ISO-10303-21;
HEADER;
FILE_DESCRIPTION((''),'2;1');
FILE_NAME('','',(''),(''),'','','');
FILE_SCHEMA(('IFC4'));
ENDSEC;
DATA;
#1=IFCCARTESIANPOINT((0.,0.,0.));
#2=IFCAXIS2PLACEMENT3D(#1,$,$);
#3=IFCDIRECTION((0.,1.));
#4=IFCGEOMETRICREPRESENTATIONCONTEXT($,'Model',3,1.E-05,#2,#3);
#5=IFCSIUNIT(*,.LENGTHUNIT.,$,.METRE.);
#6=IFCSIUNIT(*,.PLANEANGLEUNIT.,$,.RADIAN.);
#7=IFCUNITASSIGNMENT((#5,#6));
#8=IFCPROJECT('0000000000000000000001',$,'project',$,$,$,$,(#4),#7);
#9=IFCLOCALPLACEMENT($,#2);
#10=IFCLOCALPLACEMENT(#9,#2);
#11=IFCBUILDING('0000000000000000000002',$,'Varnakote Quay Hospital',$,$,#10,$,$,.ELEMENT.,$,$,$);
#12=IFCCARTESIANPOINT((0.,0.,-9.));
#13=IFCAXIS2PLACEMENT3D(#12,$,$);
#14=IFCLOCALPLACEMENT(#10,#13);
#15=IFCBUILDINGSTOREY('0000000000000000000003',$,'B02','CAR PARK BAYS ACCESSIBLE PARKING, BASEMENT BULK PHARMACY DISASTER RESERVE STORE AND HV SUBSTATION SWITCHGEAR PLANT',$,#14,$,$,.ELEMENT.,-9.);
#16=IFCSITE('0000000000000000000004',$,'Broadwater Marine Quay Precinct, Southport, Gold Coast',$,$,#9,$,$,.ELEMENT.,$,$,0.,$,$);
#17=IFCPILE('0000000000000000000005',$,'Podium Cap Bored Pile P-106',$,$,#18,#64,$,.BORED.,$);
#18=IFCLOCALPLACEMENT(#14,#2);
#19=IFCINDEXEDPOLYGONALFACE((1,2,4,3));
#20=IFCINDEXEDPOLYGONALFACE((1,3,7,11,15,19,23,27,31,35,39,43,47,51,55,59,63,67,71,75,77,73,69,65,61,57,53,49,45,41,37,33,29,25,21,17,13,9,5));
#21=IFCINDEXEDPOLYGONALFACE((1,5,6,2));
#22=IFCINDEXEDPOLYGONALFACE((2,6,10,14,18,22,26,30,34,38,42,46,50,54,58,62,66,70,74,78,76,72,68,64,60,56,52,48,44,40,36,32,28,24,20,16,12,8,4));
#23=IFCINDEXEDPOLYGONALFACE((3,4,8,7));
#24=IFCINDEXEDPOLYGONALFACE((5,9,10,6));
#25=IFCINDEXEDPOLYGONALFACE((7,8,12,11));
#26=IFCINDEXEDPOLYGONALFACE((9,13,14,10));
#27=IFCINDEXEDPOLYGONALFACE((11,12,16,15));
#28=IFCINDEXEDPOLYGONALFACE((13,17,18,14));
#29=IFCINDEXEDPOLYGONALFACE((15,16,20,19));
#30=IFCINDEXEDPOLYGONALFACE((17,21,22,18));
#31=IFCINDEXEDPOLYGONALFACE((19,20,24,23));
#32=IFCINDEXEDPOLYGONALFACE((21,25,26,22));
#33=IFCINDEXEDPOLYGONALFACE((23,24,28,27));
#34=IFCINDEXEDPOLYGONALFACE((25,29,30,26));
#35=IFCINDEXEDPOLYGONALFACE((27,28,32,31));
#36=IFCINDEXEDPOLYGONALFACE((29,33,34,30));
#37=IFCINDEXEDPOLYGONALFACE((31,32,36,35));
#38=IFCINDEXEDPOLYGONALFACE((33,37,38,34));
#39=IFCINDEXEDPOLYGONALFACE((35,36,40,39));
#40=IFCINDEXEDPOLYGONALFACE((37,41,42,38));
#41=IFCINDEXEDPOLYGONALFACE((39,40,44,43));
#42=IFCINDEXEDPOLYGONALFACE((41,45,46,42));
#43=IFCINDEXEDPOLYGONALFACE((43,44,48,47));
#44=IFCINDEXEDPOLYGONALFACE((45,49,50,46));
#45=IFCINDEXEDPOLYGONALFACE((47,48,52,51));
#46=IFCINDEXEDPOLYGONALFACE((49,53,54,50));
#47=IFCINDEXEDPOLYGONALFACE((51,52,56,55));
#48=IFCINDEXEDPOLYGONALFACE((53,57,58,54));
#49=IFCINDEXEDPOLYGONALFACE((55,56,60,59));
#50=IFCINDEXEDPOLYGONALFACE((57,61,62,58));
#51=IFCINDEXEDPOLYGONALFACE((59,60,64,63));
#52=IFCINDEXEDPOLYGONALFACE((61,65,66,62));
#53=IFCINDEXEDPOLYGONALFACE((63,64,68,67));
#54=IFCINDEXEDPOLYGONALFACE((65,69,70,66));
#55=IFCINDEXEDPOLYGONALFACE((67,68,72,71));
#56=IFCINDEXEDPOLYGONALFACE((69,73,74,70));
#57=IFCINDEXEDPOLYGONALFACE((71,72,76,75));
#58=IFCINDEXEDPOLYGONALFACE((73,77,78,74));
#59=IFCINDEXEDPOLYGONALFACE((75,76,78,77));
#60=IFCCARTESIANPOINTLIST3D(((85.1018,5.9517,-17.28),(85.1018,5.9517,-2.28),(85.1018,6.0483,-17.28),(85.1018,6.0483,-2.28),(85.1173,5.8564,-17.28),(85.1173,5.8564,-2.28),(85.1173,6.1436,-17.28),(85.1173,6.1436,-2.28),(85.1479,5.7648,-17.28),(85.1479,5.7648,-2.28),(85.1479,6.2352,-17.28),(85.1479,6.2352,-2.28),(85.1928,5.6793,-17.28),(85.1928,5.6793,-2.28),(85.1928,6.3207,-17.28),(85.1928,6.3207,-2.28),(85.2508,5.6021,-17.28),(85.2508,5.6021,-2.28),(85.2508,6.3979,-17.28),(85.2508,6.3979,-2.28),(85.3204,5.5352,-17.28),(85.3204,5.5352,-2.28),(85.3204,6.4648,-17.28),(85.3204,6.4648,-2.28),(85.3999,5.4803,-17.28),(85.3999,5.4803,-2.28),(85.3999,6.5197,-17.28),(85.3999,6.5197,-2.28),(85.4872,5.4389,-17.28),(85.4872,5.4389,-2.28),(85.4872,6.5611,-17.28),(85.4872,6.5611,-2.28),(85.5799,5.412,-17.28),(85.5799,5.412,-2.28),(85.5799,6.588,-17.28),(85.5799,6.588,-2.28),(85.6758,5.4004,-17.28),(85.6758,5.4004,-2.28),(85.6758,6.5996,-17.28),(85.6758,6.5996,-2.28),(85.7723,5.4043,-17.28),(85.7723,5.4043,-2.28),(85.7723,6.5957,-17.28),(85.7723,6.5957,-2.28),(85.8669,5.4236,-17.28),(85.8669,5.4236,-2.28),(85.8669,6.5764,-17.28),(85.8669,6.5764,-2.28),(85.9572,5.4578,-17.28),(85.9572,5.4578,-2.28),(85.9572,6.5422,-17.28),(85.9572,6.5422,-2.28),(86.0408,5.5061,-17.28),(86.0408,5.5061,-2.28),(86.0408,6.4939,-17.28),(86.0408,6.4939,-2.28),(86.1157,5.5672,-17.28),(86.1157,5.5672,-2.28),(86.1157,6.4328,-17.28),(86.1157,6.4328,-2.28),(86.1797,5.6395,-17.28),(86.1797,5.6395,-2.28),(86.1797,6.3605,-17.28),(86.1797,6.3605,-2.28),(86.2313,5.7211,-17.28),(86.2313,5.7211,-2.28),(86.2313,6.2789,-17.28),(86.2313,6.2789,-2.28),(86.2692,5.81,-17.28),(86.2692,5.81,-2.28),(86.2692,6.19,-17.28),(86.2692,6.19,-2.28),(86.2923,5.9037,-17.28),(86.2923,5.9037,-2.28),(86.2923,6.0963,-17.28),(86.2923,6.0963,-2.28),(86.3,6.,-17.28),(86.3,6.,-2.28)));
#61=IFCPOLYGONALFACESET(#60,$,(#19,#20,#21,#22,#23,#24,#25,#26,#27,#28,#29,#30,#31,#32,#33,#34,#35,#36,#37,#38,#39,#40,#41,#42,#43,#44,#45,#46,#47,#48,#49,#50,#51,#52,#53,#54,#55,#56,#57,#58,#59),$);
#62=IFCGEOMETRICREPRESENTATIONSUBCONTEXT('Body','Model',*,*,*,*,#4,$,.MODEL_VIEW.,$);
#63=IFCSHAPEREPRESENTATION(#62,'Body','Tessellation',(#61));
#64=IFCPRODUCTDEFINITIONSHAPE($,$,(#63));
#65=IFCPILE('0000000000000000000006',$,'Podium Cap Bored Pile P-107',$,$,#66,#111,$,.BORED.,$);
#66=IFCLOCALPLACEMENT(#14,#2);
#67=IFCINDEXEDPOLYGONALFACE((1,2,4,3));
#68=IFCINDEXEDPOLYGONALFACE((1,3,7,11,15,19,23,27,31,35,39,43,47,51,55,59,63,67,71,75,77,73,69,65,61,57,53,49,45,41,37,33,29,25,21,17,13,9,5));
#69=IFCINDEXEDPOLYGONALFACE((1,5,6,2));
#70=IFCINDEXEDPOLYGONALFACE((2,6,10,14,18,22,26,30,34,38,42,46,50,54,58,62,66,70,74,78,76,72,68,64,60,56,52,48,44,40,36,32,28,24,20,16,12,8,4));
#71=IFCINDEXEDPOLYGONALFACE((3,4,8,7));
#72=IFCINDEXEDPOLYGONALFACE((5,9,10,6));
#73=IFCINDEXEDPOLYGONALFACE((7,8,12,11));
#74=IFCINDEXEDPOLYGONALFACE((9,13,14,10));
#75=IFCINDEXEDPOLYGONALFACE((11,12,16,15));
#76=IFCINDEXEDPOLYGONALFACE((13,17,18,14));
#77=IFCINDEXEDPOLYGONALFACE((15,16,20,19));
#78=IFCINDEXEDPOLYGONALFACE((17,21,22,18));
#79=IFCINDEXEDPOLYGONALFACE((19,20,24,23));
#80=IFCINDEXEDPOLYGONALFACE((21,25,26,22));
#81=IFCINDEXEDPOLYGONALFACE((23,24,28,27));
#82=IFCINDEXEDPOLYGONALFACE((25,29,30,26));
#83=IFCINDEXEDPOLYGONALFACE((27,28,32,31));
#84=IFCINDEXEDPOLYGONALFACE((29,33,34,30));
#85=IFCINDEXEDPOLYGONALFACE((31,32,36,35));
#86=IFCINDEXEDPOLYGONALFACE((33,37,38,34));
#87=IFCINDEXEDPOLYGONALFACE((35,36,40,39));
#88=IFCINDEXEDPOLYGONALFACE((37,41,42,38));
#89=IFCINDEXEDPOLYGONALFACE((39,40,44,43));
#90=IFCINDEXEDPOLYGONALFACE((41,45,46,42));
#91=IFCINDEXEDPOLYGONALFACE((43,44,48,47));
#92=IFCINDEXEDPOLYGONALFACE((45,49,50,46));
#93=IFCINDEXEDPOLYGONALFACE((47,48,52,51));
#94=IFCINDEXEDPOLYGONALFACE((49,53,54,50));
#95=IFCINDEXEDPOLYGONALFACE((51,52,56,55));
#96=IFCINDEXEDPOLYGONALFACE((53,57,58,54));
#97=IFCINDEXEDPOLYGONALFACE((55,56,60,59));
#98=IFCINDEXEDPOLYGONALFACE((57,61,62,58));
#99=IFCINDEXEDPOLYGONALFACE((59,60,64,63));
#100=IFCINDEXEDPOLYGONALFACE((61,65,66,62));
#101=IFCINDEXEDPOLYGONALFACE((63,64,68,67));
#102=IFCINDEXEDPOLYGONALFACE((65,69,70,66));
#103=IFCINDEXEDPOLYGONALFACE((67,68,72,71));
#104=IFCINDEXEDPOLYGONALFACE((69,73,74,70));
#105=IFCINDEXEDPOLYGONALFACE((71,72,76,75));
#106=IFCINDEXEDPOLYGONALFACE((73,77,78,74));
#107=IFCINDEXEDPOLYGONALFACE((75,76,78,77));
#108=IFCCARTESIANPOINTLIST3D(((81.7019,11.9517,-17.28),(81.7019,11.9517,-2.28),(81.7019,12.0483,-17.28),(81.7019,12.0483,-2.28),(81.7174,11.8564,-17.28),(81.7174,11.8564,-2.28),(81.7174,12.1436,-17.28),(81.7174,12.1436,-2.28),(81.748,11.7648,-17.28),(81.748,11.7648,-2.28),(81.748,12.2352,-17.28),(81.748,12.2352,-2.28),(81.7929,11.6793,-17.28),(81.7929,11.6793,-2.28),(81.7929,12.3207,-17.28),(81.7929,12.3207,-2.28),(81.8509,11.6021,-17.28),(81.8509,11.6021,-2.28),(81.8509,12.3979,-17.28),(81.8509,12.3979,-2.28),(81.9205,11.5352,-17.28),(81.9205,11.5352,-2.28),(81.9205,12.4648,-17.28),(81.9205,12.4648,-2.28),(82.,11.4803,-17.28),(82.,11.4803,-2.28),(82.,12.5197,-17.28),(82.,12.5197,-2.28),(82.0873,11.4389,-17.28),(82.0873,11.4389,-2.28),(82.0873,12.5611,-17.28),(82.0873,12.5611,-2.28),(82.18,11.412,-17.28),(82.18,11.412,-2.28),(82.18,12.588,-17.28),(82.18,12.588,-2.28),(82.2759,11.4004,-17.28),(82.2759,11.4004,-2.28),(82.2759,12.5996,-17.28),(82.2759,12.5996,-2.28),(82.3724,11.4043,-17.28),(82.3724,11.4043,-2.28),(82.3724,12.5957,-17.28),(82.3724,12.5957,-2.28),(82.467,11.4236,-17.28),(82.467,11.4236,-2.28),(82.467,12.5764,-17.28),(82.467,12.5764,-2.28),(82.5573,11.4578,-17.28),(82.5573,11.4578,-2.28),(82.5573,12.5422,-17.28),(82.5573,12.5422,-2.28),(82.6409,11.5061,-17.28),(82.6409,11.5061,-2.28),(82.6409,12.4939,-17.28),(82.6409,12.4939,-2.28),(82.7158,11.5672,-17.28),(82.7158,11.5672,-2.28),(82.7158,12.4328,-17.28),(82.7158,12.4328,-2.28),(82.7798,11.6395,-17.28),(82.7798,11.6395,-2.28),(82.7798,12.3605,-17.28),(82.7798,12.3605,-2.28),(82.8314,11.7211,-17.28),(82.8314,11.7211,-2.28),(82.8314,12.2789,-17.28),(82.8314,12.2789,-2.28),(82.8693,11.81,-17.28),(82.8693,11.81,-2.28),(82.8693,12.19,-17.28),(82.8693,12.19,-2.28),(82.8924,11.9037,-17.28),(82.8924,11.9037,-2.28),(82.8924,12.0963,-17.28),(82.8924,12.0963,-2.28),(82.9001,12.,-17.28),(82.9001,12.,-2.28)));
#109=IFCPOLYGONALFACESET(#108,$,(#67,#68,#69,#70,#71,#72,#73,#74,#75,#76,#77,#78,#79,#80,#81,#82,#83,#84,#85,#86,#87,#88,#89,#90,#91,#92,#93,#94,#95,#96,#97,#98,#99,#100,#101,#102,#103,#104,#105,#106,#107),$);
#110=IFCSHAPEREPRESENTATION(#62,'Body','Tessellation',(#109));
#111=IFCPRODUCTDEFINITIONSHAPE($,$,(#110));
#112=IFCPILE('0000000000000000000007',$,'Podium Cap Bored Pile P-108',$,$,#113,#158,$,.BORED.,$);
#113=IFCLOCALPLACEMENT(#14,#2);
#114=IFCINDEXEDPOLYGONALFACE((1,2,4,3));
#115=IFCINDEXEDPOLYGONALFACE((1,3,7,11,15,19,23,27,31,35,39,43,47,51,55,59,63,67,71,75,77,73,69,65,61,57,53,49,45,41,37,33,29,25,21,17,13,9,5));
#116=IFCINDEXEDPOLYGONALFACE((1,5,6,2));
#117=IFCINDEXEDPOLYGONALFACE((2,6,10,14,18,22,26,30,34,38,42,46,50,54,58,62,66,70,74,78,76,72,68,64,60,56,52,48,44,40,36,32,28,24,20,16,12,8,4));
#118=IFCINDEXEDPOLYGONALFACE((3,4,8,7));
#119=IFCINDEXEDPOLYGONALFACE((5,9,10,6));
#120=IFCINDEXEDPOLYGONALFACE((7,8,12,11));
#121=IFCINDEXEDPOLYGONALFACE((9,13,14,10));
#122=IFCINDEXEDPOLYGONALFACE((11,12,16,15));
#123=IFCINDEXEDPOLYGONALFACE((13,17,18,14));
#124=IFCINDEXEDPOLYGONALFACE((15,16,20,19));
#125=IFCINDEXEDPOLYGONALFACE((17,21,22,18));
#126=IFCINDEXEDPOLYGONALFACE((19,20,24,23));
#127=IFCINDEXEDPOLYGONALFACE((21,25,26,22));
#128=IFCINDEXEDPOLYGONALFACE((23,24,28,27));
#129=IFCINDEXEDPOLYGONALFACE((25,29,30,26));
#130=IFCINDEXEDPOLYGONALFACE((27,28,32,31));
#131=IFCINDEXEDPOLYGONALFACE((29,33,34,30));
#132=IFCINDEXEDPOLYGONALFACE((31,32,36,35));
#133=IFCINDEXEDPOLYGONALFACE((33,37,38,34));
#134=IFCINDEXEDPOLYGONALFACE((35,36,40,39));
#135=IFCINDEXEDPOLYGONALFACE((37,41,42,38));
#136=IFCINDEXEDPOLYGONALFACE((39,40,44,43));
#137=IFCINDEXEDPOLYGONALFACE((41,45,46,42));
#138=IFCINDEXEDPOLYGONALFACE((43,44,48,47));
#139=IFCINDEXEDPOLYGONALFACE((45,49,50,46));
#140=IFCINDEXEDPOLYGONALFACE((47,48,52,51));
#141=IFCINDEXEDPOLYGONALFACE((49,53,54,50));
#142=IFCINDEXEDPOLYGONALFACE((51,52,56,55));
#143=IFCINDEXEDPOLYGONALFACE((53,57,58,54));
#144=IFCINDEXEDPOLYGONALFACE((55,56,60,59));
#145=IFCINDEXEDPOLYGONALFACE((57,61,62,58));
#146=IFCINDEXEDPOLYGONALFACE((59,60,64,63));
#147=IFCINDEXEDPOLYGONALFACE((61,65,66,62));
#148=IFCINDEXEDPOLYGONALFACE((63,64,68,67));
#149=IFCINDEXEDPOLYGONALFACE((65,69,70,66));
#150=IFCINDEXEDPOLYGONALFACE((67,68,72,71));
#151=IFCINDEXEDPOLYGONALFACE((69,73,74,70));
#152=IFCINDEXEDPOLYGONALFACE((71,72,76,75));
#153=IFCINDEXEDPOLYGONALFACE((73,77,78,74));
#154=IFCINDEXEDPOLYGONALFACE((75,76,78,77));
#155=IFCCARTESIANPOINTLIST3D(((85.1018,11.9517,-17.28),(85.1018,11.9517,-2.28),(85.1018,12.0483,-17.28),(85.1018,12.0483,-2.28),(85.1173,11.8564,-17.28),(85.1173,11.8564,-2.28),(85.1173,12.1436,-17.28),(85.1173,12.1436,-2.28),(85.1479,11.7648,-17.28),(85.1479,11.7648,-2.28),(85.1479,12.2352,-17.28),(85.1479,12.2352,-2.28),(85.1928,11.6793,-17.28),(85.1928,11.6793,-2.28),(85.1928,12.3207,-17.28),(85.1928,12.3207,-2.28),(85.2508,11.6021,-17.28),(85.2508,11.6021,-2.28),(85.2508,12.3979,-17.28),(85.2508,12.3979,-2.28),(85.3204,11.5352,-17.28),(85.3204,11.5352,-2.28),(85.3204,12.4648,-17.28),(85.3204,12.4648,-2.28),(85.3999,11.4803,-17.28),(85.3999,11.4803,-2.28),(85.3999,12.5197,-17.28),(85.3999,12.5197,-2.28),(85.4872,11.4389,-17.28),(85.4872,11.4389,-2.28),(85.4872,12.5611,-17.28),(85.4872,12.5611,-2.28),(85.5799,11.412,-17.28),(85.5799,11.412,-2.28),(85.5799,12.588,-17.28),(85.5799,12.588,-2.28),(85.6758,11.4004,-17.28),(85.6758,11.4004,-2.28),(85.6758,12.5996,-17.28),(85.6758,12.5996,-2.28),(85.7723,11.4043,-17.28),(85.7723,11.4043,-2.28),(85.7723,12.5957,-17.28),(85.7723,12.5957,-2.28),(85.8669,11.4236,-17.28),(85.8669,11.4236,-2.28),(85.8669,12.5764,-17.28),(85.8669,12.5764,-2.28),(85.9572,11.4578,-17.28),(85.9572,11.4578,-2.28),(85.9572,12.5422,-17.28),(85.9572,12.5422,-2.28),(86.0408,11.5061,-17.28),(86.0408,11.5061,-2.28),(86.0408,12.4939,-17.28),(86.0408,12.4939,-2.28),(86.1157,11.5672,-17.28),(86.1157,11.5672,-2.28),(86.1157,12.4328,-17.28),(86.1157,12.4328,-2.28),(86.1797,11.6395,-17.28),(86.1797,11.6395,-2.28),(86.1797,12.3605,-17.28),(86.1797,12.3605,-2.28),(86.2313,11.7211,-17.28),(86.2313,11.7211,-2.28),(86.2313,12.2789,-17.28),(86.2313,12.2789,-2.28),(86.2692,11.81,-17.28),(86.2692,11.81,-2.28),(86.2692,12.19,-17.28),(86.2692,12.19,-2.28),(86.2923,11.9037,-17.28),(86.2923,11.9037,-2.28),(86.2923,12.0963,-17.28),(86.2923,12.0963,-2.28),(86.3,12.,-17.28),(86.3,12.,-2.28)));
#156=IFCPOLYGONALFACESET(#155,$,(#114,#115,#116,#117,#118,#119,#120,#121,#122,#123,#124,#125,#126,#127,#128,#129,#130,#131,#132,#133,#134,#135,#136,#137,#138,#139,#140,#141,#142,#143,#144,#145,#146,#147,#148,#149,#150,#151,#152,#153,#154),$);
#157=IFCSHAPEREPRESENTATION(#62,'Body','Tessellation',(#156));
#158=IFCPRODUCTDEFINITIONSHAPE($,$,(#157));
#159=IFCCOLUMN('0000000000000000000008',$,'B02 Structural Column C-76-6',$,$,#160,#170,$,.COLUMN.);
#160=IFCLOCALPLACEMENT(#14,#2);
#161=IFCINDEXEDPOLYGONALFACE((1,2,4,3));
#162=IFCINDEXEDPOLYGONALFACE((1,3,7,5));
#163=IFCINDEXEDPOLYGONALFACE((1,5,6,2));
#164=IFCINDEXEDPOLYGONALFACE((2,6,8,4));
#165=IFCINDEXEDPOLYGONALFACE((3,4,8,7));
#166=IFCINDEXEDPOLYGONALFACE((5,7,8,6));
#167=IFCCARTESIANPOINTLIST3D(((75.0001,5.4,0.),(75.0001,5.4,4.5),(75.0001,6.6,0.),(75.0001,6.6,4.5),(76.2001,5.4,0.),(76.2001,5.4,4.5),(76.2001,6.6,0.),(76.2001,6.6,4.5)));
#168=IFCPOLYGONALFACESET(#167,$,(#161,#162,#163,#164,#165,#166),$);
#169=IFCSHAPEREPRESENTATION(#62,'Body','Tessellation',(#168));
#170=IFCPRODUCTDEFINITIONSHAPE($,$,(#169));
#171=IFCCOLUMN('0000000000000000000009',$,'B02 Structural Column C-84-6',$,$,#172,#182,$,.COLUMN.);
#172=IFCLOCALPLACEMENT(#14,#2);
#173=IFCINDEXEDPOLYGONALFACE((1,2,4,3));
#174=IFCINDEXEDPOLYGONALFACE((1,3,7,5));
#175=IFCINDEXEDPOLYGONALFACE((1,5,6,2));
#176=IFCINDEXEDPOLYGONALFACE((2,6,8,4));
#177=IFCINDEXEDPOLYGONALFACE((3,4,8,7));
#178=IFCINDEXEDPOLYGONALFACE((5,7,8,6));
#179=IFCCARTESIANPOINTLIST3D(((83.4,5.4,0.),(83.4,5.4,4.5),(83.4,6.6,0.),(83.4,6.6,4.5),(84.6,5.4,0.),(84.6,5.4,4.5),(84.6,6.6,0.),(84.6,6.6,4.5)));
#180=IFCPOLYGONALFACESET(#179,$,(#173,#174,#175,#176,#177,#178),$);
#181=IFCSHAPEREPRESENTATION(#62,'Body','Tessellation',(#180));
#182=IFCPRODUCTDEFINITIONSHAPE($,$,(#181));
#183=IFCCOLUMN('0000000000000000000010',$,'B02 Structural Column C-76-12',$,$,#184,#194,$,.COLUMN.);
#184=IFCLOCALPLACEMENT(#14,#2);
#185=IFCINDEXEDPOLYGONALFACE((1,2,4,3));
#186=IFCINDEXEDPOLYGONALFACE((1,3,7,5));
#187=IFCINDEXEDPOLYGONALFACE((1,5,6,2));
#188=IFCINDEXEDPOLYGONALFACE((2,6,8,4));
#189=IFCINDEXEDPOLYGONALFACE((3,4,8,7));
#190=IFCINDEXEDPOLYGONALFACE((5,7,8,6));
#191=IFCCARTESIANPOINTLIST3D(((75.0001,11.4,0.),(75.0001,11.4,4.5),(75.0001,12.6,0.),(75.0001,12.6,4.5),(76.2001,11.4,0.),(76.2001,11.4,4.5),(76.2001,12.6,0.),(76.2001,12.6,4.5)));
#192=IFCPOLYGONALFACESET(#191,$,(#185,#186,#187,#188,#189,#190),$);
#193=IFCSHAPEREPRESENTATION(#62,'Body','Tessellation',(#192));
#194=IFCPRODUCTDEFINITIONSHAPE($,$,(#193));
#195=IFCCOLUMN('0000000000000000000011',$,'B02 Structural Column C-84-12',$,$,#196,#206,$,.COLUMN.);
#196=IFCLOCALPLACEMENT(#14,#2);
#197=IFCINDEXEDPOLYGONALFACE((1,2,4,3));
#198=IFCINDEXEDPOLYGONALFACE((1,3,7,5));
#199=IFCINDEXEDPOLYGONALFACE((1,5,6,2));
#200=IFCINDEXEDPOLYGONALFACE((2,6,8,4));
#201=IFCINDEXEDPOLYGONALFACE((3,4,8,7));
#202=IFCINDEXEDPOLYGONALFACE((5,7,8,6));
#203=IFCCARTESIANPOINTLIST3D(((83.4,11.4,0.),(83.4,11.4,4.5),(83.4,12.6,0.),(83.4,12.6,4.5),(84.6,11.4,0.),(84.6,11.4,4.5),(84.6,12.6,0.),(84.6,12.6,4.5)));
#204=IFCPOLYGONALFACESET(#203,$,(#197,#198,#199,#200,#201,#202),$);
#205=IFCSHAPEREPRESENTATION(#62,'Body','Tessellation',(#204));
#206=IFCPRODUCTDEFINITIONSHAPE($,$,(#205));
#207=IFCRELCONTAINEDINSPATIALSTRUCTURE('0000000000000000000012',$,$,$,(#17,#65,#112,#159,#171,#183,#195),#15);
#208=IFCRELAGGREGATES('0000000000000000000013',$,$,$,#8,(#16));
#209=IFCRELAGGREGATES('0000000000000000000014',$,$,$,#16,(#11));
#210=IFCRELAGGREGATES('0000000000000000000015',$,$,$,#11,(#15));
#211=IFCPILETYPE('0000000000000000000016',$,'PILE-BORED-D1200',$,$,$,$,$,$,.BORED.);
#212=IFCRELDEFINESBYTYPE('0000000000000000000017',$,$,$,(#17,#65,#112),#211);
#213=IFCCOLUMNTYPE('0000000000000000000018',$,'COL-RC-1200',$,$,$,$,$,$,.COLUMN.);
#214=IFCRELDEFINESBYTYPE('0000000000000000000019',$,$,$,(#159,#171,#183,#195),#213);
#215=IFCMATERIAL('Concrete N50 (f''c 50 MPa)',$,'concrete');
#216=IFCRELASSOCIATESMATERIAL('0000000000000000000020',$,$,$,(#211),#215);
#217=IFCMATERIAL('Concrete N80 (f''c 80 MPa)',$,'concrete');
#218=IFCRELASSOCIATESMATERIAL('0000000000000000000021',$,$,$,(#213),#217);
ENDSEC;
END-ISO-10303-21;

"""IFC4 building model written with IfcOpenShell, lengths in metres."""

from ifc_helpers import new_model, si_unit, direction, frame, origin, origin_2d, place, context, subcontext, project, spatial, rectangle, circle, extrude, material, material_profile, profile_set, type_object, element, save


model = new_model("IFC4")

# Units and contexts
model_context = context("Model", 3, precision=1e-05, world=origin(), true_north=direction((0.0, 1.0)))
body_context = subcontext(model_context, "Body", "Model", "MODEL_VIEW")
ifc_project = project(units=[si_unit("LENGTHUNIT", "METRE"), si_unit("PLANEANGLEUNIT", "RADIAN")], contexts=[model_context])

# Site, building, storey
site_placement = place(None, origin())
site = spatial("IfcSite", under=ifc_project, at=site_placement, Name="Broadwater Marine Quay Precinct, Southport, Gold Coast", CompositionType="ELEMENT", RefElevation=0.0)
building_placement = place(site_placement, origin())
building = spatial("IfcBuilding", under=site, at=building_placement, Name="Varnakote Quay Hospital", CompositionType="ELEMENT")
storey_placement = place(building_placement, frame((0.0, 0.0, -9.0)))
storey = spatial("IfcBuildingStorey", under=building, at=storey_placement, Name="B02", Description="CAR PARK BAYS ACCESSIBLE PARKING, BASEMENT BULK PHARMACY DISASTER RESERVE STORE AND HV SUBSTATION SWITCHGEAR PLANT", CompositionType="ELEMENT", Elevation=-9.0)

# Piles
ifc_material_1 = material(Name="Concrete N50 (f'c 50 MPa)", Category="concrete")
ifc_material_profile_1 = material_profile(ifc_material_1, circle(Radius=0.6001, at=origin_2d()), Name="PILE-D1200")
ifc_profile_set_1 = profile_set([ifc_material_profile_1], Name="Concrete N50 (f'c 50 MPa)")
pile_type = type_object("IfcPileType", Name="PILE-BORED-D1200", PredefinedType="BORED", material=ifc_profile_set_1)
for number, where, z_axis, x_axis, name in (
    (1, (85.7, 6.0, -2.28), (0.0, 0.0, -1.0), (1.0, 0.0, 0.0), "Podium Cap Bored Pile P-106"),
    (2, (82.3, 12.0, -2.28), (0.0, 0.0, -1.0), (1.0, 0.0, 0.0), "Podium Cap Bored Pile P-107"),
    (3, (85.7, 12.0, -2.28), (0.0, 0.0, -1.0), (1.0, 0.0, 0.0), "Podium Cap Bored Pile P-108"),
):
    element("IfcPile", number, at=place(storey_placement, frame(where, z_axis=z_axis, x_axis=x_axis)), inside=storey, type_object=pile_type, Name=name, PredefinedType="BORED", context=body_context, shape_type="SweptSolid", body=[
        extrude(circle(Radius=0.6001, at=origin_2d()), origin(), (0.0, 0.0, 1.0), 15.0),
    ])

# Columns
ifc_material_2 = material(Name="Concrete N80 (f'c 80 MPa)", Category="concrete")
ifc_material_profile_2 = material_profile(ifc_material_2, rectangle(XDim=1.2, YDim=1.2, at=origin_2d()), Name="RC-COL-1200x1200")
ifc_profile_set_2 = profile_set([ifc_material_profile_2], Name="Concrete N80 (f'c 80 MPa)")
column_type = type_object("IfcColumnType", Name="COL-RC-1200", PredefinedType="COLUMN", material=ifc_profile_set_2)
for number, where, z_axis, x_axis, name in (
    (4, (75.6001, 6.0, 0.0), (0.0, 0.0, 1.0), (1.0, 0.0, 0.0), "B02 Structural Column C-76-6"),
    (5, (84.0, 6.0, 0.0), (0.0, 0.0, 1.0), (1.0, 0.0, 0.0), "B02 Structural Column C-84-6"),
    (6, (75.6001, 12.0, 0.0), (0.0, 0.0, 1.0), (1.0, 0.0, 0.0), "B02 Structural Column C-76-12"),
    (7, (84.0, 12.0, 0.0), (0.0, 0.0, 1.0), (1.0, 0.0, 0.0), "B02 Structural Column C-84-12"),
):
    element("IfcColumn", number, at=place(storey_placement, frame(where, z_axis=z_axis, x_axis=x_axis)), inside=storey, type_object=column_type, Name=name, PredefinedType="COLUMN", context=body_context, shape_type="SweptSolid", body=[
        extrude(rectangle(XDim=1.2, YDim=1.2, at=origin_2d()), origin(), (0.0, 0.0, 1.0), 4.5),
    ])

save(model, "model.ifc")
